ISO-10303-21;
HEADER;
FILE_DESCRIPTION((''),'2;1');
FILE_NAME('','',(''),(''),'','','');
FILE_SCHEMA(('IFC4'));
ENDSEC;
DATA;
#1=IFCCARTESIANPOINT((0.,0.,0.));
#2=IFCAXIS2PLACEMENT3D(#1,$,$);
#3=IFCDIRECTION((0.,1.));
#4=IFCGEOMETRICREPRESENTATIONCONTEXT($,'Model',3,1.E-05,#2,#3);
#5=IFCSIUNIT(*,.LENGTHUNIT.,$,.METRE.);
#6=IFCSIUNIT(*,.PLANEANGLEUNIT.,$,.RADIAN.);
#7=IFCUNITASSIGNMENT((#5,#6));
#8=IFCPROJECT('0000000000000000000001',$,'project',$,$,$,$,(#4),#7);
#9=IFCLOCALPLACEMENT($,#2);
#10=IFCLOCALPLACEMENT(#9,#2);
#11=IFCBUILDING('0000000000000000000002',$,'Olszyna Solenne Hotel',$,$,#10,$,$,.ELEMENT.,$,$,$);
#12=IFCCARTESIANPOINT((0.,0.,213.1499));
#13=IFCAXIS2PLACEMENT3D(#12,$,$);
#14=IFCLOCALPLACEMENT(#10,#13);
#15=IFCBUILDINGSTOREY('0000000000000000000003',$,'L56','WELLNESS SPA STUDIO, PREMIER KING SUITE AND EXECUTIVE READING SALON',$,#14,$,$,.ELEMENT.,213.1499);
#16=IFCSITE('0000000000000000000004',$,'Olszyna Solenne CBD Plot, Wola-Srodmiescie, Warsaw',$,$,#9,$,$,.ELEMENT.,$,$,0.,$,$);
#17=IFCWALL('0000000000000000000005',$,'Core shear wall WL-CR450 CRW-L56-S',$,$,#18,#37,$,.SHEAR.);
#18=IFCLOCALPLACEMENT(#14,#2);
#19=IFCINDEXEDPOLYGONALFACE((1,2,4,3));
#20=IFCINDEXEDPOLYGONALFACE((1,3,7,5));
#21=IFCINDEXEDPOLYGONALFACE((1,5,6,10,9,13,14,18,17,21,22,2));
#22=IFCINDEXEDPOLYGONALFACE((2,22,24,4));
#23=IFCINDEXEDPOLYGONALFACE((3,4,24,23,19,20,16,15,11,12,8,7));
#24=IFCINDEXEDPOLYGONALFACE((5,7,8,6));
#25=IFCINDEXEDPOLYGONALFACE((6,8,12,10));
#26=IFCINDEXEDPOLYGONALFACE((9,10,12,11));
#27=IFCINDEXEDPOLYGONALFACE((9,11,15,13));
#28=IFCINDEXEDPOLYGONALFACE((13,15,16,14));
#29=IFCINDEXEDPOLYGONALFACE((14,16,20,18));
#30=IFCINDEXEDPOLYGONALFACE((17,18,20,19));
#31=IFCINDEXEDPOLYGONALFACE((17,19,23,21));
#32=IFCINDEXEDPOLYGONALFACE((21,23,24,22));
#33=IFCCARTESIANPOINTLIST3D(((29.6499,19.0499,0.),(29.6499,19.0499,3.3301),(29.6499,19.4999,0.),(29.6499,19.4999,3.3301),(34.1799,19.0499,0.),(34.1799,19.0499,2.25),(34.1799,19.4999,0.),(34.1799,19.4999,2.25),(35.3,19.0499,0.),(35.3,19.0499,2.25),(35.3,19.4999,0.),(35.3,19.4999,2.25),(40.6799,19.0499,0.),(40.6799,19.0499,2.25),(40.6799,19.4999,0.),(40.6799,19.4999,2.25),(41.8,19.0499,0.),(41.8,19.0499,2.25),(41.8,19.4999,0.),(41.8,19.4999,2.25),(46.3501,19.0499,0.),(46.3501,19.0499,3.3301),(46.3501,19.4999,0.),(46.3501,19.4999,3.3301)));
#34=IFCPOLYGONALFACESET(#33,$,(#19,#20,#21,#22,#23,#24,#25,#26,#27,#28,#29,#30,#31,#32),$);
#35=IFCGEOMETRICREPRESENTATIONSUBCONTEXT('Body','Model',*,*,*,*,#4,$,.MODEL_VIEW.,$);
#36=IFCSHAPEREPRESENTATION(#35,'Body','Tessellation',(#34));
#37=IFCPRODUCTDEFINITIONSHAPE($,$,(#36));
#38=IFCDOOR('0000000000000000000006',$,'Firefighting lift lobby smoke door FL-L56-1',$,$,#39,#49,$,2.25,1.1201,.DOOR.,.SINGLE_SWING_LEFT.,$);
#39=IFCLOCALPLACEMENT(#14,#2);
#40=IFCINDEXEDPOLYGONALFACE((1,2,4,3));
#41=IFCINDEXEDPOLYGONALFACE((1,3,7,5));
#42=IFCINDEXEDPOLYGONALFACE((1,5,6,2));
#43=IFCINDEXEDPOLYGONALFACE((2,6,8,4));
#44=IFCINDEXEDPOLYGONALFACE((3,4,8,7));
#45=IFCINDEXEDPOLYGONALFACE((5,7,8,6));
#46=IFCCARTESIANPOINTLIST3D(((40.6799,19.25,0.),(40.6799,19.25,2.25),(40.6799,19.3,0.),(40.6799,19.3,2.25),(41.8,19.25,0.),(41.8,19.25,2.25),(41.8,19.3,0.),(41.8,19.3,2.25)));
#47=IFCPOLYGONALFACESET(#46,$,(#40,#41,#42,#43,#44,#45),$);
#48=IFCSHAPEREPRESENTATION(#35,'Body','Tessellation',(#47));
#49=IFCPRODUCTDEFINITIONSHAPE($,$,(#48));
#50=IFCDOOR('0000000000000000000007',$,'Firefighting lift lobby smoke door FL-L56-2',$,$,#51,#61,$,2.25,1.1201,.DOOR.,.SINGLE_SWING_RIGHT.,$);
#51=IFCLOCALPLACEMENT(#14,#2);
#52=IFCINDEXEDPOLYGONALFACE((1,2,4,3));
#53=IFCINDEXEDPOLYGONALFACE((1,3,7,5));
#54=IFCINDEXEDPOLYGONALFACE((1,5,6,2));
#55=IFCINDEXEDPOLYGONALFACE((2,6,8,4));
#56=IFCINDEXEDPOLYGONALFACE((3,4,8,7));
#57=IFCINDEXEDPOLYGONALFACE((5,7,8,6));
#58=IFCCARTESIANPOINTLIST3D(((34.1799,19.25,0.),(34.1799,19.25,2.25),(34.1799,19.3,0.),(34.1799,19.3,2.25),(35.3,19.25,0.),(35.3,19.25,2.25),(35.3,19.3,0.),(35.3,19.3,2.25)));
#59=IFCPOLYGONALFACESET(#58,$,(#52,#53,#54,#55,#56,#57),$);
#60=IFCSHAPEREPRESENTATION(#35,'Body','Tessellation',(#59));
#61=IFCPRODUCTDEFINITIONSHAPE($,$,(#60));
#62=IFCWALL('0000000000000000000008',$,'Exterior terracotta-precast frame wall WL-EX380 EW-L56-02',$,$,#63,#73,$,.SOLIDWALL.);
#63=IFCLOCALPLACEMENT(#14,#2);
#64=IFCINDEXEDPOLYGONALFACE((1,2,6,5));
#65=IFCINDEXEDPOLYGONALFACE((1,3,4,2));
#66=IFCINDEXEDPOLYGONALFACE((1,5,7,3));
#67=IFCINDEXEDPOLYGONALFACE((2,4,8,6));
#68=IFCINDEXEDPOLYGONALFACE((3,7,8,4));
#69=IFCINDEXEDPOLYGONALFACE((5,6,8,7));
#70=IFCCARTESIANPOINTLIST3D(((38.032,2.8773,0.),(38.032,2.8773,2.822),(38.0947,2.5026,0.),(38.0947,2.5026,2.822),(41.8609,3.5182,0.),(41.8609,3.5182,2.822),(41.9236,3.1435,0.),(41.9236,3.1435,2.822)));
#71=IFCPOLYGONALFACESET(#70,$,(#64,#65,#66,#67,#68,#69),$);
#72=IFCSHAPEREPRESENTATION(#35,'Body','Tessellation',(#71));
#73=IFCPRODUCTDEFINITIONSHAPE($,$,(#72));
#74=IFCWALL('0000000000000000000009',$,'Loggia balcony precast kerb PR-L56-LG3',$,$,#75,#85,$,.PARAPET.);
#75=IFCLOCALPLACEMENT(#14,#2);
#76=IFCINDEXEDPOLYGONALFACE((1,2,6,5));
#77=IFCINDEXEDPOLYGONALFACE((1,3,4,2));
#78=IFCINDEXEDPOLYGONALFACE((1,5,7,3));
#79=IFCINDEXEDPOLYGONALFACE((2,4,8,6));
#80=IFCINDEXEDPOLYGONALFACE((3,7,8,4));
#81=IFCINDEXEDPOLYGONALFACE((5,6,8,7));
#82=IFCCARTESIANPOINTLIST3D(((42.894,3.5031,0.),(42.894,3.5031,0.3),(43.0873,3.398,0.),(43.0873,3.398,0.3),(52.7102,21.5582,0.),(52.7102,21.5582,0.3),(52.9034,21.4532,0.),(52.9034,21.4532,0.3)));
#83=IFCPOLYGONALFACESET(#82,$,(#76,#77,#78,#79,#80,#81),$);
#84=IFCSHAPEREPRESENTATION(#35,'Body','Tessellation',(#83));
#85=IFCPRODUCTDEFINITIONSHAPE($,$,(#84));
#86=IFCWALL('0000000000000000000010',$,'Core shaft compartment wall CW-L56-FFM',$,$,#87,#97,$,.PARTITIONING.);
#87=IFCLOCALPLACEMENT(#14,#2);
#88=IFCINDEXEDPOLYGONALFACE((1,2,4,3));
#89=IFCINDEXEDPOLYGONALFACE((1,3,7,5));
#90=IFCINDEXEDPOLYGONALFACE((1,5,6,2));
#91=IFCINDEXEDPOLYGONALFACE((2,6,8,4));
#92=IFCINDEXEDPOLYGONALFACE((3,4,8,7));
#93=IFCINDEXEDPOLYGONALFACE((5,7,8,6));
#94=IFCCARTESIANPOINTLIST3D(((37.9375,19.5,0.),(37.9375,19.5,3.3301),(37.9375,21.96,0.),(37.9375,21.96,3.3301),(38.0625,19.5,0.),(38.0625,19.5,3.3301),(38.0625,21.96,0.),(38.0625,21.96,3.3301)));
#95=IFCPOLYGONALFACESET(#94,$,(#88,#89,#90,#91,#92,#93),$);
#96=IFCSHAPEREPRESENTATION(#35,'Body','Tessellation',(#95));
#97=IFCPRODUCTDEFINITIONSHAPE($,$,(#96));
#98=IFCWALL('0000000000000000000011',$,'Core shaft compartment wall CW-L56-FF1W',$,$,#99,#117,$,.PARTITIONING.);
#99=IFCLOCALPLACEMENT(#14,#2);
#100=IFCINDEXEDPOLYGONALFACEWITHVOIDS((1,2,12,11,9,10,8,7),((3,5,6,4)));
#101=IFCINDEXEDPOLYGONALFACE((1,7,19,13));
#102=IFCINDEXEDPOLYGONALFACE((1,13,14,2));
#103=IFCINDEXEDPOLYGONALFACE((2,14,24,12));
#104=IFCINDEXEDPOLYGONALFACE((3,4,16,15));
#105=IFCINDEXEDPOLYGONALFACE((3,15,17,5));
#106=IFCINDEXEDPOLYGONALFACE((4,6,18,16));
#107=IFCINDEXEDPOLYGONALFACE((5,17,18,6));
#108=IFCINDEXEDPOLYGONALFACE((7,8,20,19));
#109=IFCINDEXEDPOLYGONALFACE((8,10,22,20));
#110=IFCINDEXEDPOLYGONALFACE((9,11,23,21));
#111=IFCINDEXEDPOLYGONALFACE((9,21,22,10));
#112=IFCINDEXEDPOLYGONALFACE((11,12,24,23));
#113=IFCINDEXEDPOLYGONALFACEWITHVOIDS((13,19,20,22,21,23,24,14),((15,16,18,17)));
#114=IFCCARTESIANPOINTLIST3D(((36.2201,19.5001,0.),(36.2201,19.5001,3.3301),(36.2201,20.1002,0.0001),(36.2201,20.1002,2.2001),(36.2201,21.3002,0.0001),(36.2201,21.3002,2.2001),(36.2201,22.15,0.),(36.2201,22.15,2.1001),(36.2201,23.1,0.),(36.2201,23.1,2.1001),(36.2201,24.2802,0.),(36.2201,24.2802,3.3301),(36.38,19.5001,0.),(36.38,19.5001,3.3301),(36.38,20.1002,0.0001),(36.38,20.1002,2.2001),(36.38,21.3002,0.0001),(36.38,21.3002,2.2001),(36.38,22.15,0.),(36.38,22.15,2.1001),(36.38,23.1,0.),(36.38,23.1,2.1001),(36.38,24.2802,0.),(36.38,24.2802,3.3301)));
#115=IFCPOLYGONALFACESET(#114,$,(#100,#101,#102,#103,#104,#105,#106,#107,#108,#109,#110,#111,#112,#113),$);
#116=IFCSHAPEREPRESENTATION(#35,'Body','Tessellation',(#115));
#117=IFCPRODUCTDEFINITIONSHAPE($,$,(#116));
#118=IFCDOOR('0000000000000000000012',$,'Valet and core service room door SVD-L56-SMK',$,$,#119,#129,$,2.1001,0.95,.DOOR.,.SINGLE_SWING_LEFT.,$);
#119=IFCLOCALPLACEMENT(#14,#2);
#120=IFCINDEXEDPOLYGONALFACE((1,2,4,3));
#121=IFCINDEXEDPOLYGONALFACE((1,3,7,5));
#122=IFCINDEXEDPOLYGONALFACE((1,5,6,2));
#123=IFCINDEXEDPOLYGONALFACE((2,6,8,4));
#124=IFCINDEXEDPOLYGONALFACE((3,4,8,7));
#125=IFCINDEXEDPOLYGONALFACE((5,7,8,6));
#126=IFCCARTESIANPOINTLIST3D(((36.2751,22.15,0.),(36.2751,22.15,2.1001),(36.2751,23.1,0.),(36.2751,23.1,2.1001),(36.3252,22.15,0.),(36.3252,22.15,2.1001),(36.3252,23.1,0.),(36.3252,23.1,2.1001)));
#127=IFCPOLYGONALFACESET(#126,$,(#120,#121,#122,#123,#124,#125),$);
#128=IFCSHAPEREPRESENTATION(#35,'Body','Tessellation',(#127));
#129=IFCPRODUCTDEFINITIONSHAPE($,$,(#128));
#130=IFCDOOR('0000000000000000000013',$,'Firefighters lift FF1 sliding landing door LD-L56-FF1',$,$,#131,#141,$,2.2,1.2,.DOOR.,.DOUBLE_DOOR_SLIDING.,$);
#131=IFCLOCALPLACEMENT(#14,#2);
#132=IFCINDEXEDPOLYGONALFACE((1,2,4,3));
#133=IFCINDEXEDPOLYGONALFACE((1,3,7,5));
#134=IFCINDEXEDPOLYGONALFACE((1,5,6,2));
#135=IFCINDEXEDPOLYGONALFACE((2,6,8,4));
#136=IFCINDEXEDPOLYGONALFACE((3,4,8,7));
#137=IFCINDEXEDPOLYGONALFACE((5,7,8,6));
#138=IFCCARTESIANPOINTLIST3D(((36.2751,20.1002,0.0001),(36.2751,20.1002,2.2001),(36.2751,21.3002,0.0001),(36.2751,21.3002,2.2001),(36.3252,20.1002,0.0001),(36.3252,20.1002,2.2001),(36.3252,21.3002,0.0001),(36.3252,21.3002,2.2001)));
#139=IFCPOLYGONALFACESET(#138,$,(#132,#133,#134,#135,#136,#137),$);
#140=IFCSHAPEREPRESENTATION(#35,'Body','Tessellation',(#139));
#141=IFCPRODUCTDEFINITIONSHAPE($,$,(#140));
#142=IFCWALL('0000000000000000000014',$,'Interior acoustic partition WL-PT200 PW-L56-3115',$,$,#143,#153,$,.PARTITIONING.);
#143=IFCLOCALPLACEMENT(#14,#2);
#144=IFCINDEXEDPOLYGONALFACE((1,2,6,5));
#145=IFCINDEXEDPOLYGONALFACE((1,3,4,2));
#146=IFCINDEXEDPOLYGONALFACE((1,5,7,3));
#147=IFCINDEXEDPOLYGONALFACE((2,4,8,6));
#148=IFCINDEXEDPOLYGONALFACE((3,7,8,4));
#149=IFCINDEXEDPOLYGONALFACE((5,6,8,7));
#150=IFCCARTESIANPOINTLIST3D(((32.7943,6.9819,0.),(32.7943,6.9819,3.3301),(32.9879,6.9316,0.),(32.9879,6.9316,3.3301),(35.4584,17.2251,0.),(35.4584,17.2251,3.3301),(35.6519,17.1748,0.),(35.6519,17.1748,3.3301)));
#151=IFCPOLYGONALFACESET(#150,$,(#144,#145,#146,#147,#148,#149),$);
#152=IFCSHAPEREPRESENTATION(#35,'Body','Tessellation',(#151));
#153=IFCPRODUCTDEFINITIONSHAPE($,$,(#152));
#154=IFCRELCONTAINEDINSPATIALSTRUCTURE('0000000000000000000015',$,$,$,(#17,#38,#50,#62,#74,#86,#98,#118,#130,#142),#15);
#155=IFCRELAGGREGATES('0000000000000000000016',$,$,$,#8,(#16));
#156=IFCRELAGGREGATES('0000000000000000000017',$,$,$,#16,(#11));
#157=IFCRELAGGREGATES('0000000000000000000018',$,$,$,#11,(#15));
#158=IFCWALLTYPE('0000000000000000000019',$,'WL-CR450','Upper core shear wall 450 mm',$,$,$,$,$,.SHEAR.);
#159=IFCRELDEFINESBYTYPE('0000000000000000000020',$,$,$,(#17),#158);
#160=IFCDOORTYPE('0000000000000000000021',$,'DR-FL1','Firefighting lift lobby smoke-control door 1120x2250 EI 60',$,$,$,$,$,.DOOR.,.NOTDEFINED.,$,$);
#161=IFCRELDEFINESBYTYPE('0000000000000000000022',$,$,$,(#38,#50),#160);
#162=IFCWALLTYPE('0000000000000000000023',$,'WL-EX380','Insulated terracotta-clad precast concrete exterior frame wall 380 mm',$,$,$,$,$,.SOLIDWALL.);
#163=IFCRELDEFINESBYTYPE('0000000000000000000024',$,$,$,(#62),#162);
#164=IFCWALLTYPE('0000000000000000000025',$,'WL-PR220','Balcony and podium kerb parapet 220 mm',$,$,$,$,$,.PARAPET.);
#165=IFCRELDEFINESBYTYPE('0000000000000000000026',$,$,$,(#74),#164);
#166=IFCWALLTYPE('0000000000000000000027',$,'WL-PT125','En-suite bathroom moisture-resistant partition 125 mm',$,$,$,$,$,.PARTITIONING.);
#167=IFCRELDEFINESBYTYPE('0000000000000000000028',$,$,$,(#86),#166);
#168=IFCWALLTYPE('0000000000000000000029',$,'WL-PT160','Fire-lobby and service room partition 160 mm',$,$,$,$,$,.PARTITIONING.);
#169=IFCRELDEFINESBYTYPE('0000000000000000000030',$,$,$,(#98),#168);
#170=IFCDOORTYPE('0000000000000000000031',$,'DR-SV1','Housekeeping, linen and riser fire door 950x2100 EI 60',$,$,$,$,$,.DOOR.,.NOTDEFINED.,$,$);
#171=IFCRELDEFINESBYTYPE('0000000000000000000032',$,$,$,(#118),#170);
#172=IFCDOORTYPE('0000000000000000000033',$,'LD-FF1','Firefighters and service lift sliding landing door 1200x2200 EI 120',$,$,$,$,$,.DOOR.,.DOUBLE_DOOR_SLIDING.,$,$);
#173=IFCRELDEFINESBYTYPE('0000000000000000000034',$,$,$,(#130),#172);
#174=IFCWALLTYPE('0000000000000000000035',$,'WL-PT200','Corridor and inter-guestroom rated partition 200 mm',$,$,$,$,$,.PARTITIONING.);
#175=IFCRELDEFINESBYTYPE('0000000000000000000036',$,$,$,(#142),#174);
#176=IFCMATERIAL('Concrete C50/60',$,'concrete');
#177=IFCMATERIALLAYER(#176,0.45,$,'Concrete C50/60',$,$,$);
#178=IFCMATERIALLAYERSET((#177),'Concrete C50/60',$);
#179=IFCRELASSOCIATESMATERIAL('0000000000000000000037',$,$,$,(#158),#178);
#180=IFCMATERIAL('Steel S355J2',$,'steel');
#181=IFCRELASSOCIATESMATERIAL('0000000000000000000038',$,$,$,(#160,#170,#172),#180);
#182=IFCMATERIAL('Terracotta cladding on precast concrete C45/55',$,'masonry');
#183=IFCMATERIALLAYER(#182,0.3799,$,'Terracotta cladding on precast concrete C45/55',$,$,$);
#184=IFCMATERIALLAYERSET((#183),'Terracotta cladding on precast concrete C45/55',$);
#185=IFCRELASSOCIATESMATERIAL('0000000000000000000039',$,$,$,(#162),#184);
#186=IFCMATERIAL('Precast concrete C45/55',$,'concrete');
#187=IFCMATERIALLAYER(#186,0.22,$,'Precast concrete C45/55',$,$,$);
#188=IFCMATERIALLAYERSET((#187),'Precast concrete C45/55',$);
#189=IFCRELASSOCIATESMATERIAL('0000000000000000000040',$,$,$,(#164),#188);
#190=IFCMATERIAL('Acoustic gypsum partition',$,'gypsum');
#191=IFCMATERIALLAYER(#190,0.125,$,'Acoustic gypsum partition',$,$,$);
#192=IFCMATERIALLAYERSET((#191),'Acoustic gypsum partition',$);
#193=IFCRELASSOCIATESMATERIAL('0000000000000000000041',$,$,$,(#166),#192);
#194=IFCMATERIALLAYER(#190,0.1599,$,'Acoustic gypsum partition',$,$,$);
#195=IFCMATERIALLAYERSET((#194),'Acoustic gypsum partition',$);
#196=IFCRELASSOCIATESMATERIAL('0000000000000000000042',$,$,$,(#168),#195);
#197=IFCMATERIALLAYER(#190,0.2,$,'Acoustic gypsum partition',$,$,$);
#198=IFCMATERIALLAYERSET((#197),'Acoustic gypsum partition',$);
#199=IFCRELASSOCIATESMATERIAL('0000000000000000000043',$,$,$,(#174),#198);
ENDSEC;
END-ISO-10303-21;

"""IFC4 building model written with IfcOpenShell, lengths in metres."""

from ifc_helpers import new_model, si_unit, direction, frame, frame_2d, origin, place, context, subcontext, project, spatial, rectangle, extrude, source, transform, mapped, material, layer, layer_set, type_object, type_shapes, element, fill, save


model = new_model("IFC4")

# Units and contexts
model_context = context("Model", 3, precision=1e-05, world=origin(), true_north=direction((0.0, 1.0)))
body_context = subcontext(model_context, "Body", "Model", "MODEL_VIEW")
ifc_project = project(units=[si_unit("LENGTHUNIT", "METRE"), si_unit("PLANEANGLEUNIT", "RADIAN")], contexts=[model_context])

# Site, building, storey
site_placement = place(None, origin())
site = spatial("IfcSite", under=ifc_project, at=site_placement, Name="Olszyna Solenne CBD Plot, Wola-Srodmiescie, Warsaw", CompositionType="ELEMENT", RefElevation=0.0)
building_placement = place(site_placement, origin())
building = spatial("IfcBuilding", under=site, at=building_placement, Name="Olszyna Solenne Hotel", CompositionType="ELEMENT")
storey_placement = place(building_placement, frame((0.0, 0.0, 213.1499)))
storey = spatial("IfcBuildingStorey", under=building, at=storey_placement, Name="L56", Description="WELLNESS SPA STUDIO, PREMIER KING SUITE AND EXECUTIVE READING SALON", CompositionType="ELEMENT", Elevation=213.1499)

# Shared definitions
ifc_material_1 = material(Name="Steel S355J2", Category="steel")

# Wall, openings, doors
ifc_material_2 = material(Name="Concrete C50/60", Category="concrete")
ifc_layer_1 = layer(ifc_material_2, 0.45, Name="Concrete C50/60")
ifc_layer_set_1 = layer_set([ifc_layer_1], Name="Concrete C50/60")
wall_type_1 = type_object("IfcWallType", Name="WL-CR450", Description="Upper core shear wall 450 mm", PredefinedType="SHEAR", material=ifc_layer_set_1)
wall_1_placement = place(storey_placement, frame((46.3501, 19.2749, 0.0), z_axis=(0.0, 0.0, 1.0), x_axis=(-1.0, 0.0, 0.0)))
wall_1 = element("IfcWall", 1, at=wall_1_placement, inside=storey, type_object=wall_type_1, Name="Core shear wall WL-CR450 CRW-L56-S", PredefinedType="SHEAR", context=body_context, shape_type="SweptSolid", body=[
    extrude(rectangle(XDim=16.7002, YDim=0.45, at=frame_2d((8.3501, 0.0))), origin(), (0.0, 0.0, 1.0), 3.3301),
])
opening_1_placement = place(wall_1_placement, frame((4.55, 0.0, 0.0)))
opening_1 = element("IfcOpeningElement", 2, at=opening_1_placement, cuts=wall_1, PredefinedType="OPENING", context=body_context, shape_type="SweptSolid", body=[
    extrude(rectangle(XDim=1.1201, YDim=2.25, at=frame_2d((0.5601, 1.125))), frame((0.0, 0.2349, 0.0), z_axis=(0.0, -1.0, 0.0), x_axis=(1.0, 0.0, 0.0)), (0.0, 0.0, 1.0), 0.47),
])
opening_2_placement = place(wall_1_placement, frame((11.05, 0.0, 0.0)))
opening_2 = element("IfcOpeningElement", 3, at=opening_2_placement, cuts=wall_1, PredefinedType="OPENING", context=body_context, shape_type="SweptSolid", body=[
    extrude(rectangle(XDim=1.1201, YDim=2.25, at=frame_2d((0.5601, 1.125))), frame((0.0, 0.2349, 0.0), z_axis=(0.0, -1.0, 0.0), x_axis=(1.0, 0.0, 0.0)), (0.0, 0.0, 1.0), 0.47),
])
door_type_1 = type_object("IfcDoorType", Name="DR-FL1", Description="Firefighting lift lobby smoke-control door 1120x2250 EI 60", OperationType="NOTDEFINED", PredefinedType="DOOR", material=ifc_material_1)
shared_shape_1 = source(origin(), body_context, "Body", "SweptSolid", [
    extrude(rectangle(XDim=1.1201, YDim=2.25, at=frame_2d((0.5601, 1.125))), frame((0.0, 0.0249, 0.0), z_axis=(0.0, -1.0, 0.0), x_axis=(1.0, 0.0, 0.0)), (0.0, 0.0, 1.0), 0.05),
])
type_shapes(door_type_1, [shared_shape_1])
door_1_placement = place(opening_1_placement, origin())
door_1 = element("IfcDoor", 4, at=door_1_placement, inside=storey, type_object=door_type_1, Name="Firefighting lift lobby smoke door FL-L56-1", OperationType="SINGLE_SWING_LEFT", OverallHeight=2.25, OverallWidth=1.1201, PredefinedType="DOOR", context=body_context, shape_type="MappedRepresentation", body=[
    mapped(shared_shape_1, transform((0.0, 0.0, 0.0), x_axis=(1.0, 0.0, 0.0), y_axis=(0.0, 1.0, 0.0), z_axis=(0.0, 0.0, 1.0), scale=1.0)),
])
fill(opening_1, door_1)
door_2_placement = place(opening_2_placement, origin())
door_2 = element("IfcDoor", 5, at=door_2_placement, inside=storey, type_object=door_type_1, Name="Firefighting lift lobby smoke door FL-L56-2", OperationType="SINGLE_SWING_RIGHT", OverallHeight=2.25, OverallWidth=1.1201, PredefinedType="DOOR", context=body_context, shape_type="MappedRepresentation", body=[
    mapped(shared_shape_1, transform((0.0, 0.0, 0.0), x_axis=(1.0, 0.0, 0.0), y_axis=(0.0, 1.0, 0.0), z_axis=(0.0, 0.0, 1.0), scale=1.0)),
])
fill(opening_2, door_2)

# Walls
ifc_material_3 = material(Name="Terracotta cladding on precast concrete C45/55", Category="masonry")
ifc_layer_2 = layer(ifc_material_3, 0.3799, Name="Terracotta cladding on precast concrete C45/55")
ifc_layer_set_2 = layer_set([ifc_layer_2], Name="Terracotta cladding on precast concrete C45/55")
wall_type_2 = type_object("IfcWallType", Name="WL-EX380", Description="Insulated terracotta-clad precast concrete exterior frame wall 380 mm", PredefinedType="SOLIDWALL", material=ifc_layer_set_2)
wall_2_placement = place(storey_placement, frame((41.8921, 3.3308, 0.0), z_axis=(0.0, 0.0, 1.0), x_axis=(-0.98628, -0.165082, 0.0)))
element("IfcWall", 6, at=wall_2_placement, inside=storey, type_object=wall_type_2, Name="Exterior terracotta-precast frame wall WL-EX380 EW-L56-02", PredefinedType="SOLIDWALL", context=body_context, shape_type="SweptSolid", body=[
    extrude(rectangle(XDim=3.8821, YDim=0.3799, at=frame_2d((1.9409, 0.0))), origin(), (0.0, 0.0, 1.0), 2.822),
])
ifc_material_4 = material(Name="Precast concrete C45/55", Category="concrete")
ifc_layer_3 = layer(ifc_material_4, 0.22, Name="Precast concrete C45/55")
ifc_layer_set_3 = layer_set([ifc_layer_3], Name="Precast concrete C45/55")
wall_type_3 = type_object("IfcWallType", Name="WL-PR220", Description="Balcony and podium kerb parapet 220 mm", PredefinedType="PARAPET", material=ifc_layer_set_3)
wall_3_placement = place(storey_placement, frame((42.9907, 3.4507, 0.0), z_axis=(0.0, 0.0, 1.0), x_axis=(0.477647, 0.878552, 0.0)))
element("IfcWall", 7, at=wall_3_placement, inside=storey, type_object=wall_type_3, Name="Loggia balcony precast kerb PR-L56-LG3", PredefinedType="PARAPET", context=body_context, shape_type="SweptSolid", body=[
    extrude(rectangle(XDim=20.551, YDim=0.22, at=frame_2d((10.2754, 0.0))), origin(), (0.0, 0.0, 1.0), 0.3),
])
ifc_material_5 = material(Name="Acoustic gypsum partition", Category="gypsum")
ifc_layer_4 = layer(ifc_material_5, 0.125, Name="Acoustic gypsum partition")
ifc_layer_set_4 = layer_set([ifc_layer_4], Name="Acoustic gypsum partition")
wall_type_4 = type_object("IfcWallType", Name="WL-PT125", Description="En-suite bathroom moisture-resistant partition 125 mm", PredefinedType="PARTITIONING", material=ifc_layer_set_4)
wall_4_placement = place(storey_placement, frame((38.0, 19.5, 0.0), z_axis=(0.0, 0.0, 1.0), x_axis=(0.0, 1.0, 0.0)))
element("IfcWall", 8, at=wall_4_placement, inside=storey, type_object=wall_type_4, Name="Core shaft compartment wall CW-L56-FFM", PredefinedType="PARTITIONING", context=body_context, shape_type="SweptSolid", body=[
    extrude(rectangle(XDim=2.46, YDim=0.125, at=frame_2d((1.23, 0.0))), origin(), (0.0, 0.0, 1.0), 3.3301),
])

# Wall, openings, doors
ifc_layer_5 = layer(ifc_material_5, 0.1599, Name="Acoustic gypsum partition")
ifc_layer_set_5 = layer_set([ifc_layer_5], Name="Acoustic gypsum partition")
wall_type_5 = type_object("IfcWallType", Name="WL-PT160", Description="Fire-lobby and service room partition 160 mm", PredefinedType="PARTITIONING", material=ifc_layer_set_5)
wall_5_placement = place(storey_placement, frame((36.3, 19.5, 0.0), z_axis=(0.0, 0.0, 1.0), x_axis=(0.0, 1.0, 0.0)))
wall_5 = element("IfcWall", 9, at=wall_5_placement, inside=storey, type_object=wall_type_5, Name="Core shaft compartment wall CW-L56-FF1W", PredefinedType="PARTITIONING", context=body_context, shape_type="SweptSolid", body=[
    extrude(rectangle(XDim=4.78, YDim=0.1599, at=frame_2d((2.3901, 0.0))), origin(), (0.0, 0.0, 1.0), 3.3301),
])
opening_3_placement = place(wall_5_placement, frame((0.6001, 0.0, 0.0)))
opening_3 = element("IfcOpeningElement", 10, at=opening_3_placement, cuts=wall_5, PredefinedType="OPENING", context=body_context, shape_type="SweptSolid", body=[
    extrude(rectangle(XDim=1.2, YDim=2.2, at=frame_2d((0.6001, 1.1001))), frame((0.0, 0.0898, 0.0), z_axis=(0.0, -1.0, 0.0), x_axis=(1.0, 0.0, 0.0)), (0.0, 0.0, 1.0), 0.1799),
])
opening_4_placement = place(wall_5_placement, frame((2.6499, 0.0, 0.0)))
opening_4 = element("IfcOpeningElement", 11, at=opening_4_placement, cuts=wall_5, PredefinedType="OPENING", context=body_context, shape_type="SweptSolid", body=[
    extrude(rectangle(XDim=0.95, YDim=2.1001, at=frame_2d((0.4751, 1.05))), frame((0.0, 0.0898, 0.0), z_axis=(0.0, -1.0, 0.0), x_axis=(1.0, 0.0, 0.0)), (0.0, 0.0, 1.0), 0.1799),
])
door_type_2 = type_object("IfcDoorType", Name="DR-SV1", Description="Housekeeping, linen and riser fire door 950x2100 EI 60", OperationType="NOTDEFINED", PredefinedType="DOOR", material=ifc_material_1)
shared_shape_2 = source(origin(), body_context, "Body", "SweptSolid", [
    extrude(rectangle(XDim=0.95, YDim=2.1001, at=frame_2d((0.4751, 1.05))), frame((0.0, 0.0249, 0.0), z_axis=(0.0, -1.0, 0.0), x_axis=(1.0, 0.0, 0.0)), (0.0, 0.0, 1.0), 0.05),
])
type_shapes(door_type_2, [shared_shape_2])
door_3_placement = place(opening_4_placement, origin())
door_3 = element("IfcDoor", 12, at=door_3_placement, inside=storey, type_object=door_type_2, Name="Valet and core service room door SVD-L56-SMK", OperationType="SINGLE_SWING_LEFT", OverallHeight=2.1001, OverallWidth=0.95, PredefinedType="DOOR", context=body_context, shape_type="MappedRepresentation", body=[
    mapped(shared_shape_2, transform((0.0, 0.0, 0.0), x_axis=(1.0, 0.0, 0.0), y_axis=(0.0, 1.0, 0.0), z_axis=(0.0, 0.0, 1.0), scale=1.0)),
])
fill(opening_4, door_3)
door_type_3 = type_object("IfcDoorType", Name="LD-FF1", Description="Firefighters and service lift sliding landing door 1200x2200 EI 120", OperationType="DOUBLE_DOOR_SLIDING", PredefinedType="DOOR", material=ifc_material_1)
shared_shape_3 = source(origin(), body_context, "Body", "SweptSolid", [
    extrude(rectangle(XDim=1.2, YDim=2.2, at=frame_2d((0.6001, 1.1001))), frame((0.0, 0.0249, 0.0), z_axis=(0.0, -1.0, 0.0), x_axis=(1.0, 0.0, 0.0)), (0.0, 0.0, 1.0), 0.05),
])
type_shapes(door_type_3, [shared_shape_3])
door_4_placement = place(opening_3_placement, origin())
door_4 = element("IfcDoor", 13, at=door_4_placement, inside=storey, type_object=door_type_3, Name="Firefighters lift FF1 sliding landing door LD-L56-FF1", OperationType="DOUBLE_DOOR_SLIDING", OverallHeight=2.2, OverallWidth=1.2, PredefinedType="DOOR", context=body_context, shape_type="MappedRepresentation", body=[
    mapped(shared_shape_3, transform((0.0, 0.0, 0.0), x_axis=(1.0, 0.0, 0.0), y_axis=(0.0, 1.0, 0.0), z_axis=(0.0, 0.0, 1.0), scale=1.0)),
])
fill(opening_3, door_4)

# Wall
ifc_layer_6 = layer(ifc_material_5, 0.2, Name="Acoustic gypsum partition")
ifc_layer_set_6 = layer_set([ifc_layer_6], Name="Acoustic gypsum partition")
wall_type_6 = type_object("IfcWallType", Name="WL-PT200", Description="Corridor and inter-guestroom rated partition 200 mm", PredefinedType="PARTITIONING", material=ifc_layer_set_6)
wall_6_placement = place(storey_placement, frame((35.5552, 17.2, 0.0), z_axis=(0.0, 0.0, 1.0), x_axis=(-0.251708, -0.967803, 0.0)))
element("IfcWall", 14, at=wall_6_placement, inside=storey, type_object=wall_type_6, Name="Interior acoustic partition WL-PT200 PW-L56-3115", PredefinedType="PARTITIONING", context=body_context, shape_type="SweptSolid", body=[
    extrude(rectangle(XDim=10.584, YDim=0.2, at=frame_2d((5.292, 0.0))), origin(), (0.0, 0.0, 1.0), 3.3301),
])

save(model, "model.ifc")
